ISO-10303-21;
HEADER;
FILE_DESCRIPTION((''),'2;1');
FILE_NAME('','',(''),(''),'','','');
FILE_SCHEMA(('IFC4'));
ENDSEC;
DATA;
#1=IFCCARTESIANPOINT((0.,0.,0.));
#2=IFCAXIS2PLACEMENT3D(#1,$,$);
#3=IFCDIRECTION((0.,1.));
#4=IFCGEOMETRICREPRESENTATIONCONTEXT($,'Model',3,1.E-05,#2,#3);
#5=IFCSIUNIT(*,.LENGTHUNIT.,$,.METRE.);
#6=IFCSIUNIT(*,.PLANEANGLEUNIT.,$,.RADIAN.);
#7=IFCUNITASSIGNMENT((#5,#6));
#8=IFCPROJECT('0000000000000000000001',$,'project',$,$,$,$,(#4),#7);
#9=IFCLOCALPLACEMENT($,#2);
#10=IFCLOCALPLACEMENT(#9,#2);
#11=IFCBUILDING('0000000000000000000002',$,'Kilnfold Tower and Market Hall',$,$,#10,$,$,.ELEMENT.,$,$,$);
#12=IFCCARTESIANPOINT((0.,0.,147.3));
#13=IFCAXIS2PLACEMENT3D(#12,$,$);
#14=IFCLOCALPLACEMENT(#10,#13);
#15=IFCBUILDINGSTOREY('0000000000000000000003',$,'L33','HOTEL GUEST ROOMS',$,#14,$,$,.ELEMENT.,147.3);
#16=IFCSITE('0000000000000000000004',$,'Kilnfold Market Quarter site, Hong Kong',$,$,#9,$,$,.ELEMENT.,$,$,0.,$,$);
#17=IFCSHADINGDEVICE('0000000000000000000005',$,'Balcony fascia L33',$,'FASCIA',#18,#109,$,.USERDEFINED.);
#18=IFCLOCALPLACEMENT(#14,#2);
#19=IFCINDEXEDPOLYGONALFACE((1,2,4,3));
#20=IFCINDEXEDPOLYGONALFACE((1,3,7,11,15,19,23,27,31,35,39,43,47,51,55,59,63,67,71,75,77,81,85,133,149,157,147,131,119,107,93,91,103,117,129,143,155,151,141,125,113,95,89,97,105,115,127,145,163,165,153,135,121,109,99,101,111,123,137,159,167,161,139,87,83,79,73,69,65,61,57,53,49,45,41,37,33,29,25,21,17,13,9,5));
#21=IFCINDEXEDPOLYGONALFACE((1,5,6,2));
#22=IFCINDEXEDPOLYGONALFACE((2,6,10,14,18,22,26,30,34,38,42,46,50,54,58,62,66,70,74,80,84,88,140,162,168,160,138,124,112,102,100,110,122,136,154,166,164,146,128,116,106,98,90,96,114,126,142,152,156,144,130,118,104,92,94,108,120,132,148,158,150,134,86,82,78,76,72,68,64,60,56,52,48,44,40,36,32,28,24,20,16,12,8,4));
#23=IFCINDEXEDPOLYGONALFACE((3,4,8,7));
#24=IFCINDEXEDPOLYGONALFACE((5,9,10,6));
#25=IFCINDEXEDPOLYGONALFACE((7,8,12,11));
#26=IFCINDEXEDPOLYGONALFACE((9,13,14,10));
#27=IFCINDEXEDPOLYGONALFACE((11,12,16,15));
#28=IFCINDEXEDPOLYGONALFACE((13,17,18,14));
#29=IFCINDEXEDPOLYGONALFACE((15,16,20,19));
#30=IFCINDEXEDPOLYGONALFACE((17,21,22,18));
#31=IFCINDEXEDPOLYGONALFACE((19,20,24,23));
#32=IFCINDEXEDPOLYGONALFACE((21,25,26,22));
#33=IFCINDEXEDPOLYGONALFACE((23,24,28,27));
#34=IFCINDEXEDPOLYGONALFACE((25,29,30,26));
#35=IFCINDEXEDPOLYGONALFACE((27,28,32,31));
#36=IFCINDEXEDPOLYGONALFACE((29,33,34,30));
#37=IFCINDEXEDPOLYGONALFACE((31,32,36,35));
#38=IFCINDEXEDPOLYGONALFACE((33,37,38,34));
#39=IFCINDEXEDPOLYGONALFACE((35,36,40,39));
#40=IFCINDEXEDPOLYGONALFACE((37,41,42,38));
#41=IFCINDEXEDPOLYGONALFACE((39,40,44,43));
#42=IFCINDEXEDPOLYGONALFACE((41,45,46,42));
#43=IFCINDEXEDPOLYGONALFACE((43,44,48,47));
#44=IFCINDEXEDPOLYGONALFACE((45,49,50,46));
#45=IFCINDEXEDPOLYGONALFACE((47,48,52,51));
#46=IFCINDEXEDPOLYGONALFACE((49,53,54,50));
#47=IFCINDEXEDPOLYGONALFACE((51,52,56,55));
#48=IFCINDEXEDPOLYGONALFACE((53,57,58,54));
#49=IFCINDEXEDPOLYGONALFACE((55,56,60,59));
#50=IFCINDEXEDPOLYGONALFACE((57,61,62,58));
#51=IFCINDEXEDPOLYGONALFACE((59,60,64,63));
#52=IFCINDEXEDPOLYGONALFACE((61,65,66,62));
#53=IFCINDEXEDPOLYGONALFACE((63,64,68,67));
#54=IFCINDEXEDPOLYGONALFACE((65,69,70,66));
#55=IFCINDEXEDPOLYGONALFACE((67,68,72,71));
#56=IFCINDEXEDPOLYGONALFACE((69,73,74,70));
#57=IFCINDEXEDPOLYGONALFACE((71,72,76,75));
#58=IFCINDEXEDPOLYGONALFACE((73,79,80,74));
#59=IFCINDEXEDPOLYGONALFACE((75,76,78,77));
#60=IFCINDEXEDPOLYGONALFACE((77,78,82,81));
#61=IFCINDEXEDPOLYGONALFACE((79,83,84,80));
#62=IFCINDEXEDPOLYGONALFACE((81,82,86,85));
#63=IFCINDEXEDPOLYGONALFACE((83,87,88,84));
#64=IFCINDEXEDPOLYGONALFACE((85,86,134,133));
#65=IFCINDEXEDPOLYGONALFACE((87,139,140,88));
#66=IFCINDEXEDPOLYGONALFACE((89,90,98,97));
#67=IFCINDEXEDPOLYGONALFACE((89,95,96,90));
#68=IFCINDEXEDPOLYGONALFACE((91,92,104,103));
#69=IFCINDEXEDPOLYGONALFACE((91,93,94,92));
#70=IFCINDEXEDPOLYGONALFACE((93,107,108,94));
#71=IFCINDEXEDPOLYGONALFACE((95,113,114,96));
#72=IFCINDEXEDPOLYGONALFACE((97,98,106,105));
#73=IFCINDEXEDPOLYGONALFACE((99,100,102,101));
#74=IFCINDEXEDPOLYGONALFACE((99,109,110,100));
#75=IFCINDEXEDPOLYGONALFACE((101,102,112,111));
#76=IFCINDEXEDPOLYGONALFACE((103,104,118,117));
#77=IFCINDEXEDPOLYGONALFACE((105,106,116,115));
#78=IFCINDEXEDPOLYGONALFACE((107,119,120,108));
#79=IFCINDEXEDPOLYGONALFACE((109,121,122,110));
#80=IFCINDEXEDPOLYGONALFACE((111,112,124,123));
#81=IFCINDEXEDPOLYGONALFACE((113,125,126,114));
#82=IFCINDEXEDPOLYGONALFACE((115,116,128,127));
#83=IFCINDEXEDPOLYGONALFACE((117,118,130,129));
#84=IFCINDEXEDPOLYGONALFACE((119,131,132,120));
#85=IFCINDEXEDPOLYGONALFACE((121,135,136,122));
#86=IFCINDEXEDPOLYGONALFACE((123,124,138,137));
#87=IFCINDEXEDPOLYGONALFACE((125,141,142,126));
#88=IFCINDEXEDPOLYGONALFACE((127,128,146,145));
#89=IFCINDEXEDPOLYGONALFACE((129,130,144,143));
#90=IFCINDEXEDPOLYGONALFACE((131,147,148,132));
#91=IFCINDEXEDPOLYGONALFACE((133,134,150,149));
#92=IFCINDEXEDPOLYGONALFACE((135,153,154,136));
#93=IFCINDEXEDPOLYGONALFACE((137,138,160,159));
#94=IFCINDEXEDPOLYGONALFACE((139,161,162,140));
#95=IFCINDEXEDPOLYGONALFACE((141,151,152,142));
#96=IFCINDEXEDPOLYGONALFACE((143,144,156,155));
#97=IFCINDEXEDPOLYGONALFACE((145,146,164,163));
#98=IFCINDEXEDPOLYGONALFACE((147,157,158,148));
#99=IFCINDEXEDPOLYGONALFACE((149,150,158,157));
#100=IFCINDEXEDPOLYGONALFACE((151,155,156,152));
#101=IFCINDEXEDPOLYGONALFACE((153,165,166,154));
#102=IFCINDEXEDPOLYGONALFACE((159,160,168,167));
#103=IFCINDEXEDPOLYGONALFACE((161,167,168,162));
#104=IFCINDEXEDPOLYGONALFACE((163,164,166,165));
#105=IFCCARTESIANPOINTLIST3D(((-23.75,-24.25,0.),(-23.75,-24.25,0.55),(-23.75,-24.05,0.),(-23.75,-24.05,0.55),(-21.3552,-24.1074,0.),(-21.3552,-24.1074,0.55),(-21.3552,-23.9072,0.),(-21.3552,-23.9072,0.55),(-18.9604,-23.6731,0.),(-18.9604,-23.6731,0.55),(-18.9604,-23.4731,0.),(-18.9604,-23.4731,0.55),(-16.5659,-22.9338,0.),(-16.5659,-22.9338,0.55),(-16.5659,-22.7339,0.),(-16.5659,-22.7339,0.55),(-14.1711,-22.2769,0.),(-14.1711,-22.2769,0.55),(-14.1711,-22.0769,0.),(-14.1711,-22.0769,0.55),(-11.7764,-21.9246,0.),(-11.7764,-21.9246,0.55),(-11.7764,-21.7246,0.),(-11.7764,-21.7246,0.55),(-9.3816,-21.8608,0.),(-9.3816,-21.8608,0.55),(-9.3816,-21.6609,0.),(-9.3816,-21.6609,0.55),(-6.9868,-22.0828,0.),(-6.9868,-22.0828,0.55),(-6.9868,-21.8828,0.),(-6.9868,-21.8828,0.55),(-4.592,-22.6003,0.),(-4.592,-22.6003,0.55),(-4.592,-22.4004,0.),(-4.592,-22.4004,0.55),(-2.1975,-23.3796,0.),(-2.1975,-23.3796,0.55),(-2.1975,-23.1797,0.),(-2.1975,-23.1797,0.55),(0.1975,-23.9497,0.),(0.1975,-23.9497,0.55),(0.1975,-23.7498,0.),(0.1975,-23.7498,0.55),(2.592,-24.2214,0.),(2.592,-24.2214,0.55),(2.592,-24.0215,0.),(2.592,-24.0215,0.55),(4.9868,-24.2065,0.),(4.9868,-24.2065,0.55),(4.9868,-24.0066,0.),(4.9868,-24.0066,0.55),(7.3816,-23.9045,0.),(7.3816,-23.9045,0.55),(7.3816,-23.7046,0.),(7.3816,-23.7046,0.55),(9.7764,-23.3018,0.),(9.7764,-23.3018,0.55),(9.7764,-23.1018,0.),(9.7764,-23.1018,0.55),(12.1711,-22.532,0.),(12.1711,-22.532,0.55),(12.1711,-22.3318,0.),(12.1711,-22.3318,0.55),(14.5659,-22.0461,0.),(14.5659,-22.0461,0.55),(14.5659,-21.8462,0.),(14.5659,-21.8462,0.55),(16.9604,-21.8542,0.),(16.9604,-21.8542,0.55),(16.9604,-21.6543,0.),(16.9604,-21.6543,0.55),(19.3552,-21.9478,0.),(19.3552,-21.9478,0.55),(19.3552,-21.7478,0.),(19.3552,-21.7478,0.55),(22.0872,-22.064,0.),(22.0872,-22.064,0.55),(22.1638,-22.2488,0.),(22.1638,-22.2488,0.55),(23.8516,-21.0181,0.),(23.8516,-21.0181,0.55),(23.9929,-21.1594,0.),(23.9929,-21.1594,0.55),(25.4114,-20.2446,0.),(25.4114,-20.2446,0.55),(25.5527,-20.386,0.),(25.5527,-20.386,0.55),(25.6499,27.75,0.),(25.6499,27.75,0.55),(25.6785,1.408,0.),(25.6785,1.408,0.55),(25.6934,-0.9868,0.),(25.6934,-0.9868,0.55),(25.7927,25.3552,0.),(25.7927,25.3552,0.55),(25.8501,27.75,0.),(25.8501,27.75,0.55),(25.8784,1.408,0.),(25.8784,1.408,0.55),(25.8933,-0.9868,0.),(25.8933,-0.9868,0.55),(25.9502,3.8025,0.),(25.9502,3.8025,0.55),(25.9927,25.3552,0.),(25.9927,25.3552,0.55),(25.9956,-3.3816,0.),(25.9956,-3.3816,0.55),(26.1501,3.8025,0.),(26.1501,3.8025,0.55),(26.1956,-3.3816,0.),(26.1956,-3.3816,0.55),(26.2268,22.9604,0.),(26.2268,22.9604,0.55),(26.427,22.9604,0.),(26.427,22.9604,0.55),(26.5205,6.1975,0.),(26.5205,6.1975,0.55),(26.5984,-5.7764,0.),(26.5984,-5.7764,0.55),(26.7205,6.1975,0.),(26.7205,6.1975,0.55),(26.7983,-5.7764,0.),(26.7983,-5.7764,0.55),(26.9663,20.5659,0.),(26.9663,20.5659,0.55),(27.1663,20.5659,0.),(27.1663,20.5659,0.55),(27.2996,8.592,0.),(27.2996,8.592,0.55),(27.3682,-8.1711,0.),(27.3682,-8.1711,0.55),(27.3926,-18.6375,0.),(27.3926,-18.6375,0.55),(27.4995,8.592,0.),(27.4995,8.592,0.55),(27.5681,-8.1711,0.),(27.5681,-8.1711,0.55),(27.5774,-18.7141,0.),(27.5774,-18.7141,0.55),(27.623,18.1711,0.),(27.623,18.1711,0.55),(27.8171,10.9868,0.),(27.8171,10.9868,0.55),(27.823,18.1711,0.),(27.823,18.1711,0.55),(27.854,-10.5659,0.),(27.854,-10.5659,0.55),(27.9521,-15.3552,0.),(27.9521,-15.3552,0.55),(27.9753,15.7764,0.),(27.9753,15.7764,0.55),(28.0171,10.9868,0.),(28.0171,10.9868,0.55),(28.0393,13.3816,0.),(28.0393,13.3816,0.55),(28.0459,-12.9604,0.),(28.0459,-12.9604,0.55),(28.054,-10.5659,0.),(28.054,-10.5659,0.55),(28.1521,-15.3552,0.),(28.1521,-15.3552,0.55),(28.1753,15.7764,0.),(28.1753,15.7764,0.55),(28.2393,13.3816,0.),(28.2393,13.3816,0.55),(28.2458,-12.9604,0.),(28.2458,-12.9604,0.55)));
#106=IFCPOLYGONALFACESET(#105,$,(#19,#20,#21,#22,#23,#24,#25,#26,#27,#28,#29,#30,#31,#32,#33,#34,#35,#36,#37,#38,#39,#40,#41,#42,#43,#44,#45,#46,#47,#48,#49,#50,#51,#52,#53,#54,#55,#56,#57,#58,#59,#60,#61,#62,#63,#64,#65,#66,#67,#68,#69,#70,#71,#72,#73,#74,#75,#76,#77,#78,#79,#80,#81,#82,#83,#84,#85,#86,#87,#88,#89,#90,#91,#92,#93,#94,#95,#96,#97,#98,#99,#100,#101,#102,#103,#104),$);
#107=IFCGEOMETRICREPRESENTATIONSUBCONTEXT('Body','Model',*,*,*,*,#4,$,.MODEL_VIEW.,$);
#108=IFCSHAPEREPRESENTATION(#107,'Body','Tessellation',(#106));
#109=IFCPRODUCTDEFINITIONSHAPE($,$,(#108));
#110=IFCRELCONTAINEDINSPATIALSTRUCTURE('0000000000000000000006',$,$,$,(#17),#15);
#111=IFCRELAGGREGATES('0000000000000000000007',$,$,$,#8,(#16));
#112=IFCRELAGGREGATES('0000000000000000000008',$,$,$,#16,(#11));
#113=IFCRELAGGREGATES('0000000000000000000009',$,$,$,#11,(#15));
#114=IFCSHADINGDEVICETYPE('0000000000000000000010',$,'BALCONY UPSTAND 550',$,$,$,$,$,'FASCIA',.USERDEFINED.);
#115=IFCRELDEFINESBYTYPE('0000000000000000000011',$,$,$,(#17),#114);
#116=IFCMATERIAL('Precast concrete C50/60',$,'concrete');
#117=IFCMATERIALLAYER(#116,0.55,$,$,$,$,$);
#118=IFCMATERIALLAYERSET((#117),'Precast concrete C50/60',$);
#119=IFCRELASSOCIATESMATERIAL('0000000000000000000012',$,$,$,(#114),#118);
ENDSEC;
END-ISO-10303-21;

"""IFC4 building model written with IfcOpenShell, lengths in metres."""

from ifc_helpers import new_model, si_unit, direction, frame, origin, place, context, subcontext, project, spatial, polyline, outline, extrude, source, transform, mapped, material, layer, layer_set, type_object, element, save


model = new_model("IFC4")

# Units and contexts
model_context = context("Model", 3, precision=1e-05, world=origin(), true_north=direction((0.0, 1.0)))
body_context = subcontext(model_context, "Body", "Model", "MODEL_VIEW")
ifc_project = project(units=[si_unit("LENGTHUNIT", "METRE"), si_unit("PLANEANGLEUNIT", "RADIAN")], contexts=[model_context])

# Site, building, storey
site_placement = place(None, origin())
site = spatial("IfcSite", under=ifc_project, at=site_placement, Name="Kilnfold Market Quarter site, Hong Kong", CompositionType="ELEMENT", RefElevation=0.0)
building_placement = place(site_placement, origin())
building = spatial("IfcBuilding", under=site, at=building_placement, Name="Kilnfold Tower and Market Hall", CompositionType="ELEMENT")
storey_placement = place(building_placement, frame((0.0, 0.0, 147.3)))
storey = spatial("IfcBuildingStorey", under=building, at=storey_placement, Name="L33", Description="HOTEL GUEST ROOMS", CompositionType="ELEMENT", Elevation=147.3)

# Shading device
ifc_material_1 = material(Name="Precast concrete C50/60", Category="concrete")
ifc_layer_1 = layer(ifc_material_1, 0.55)
ifc_layer_set_1 = layer_set([ifc_layer_1], Name="Precast concrete C50/60")
shading_device_type_1 = type_object("IfcShadingDeviceType", Name="BALCONY UPSTAND 550", ElementType="FASCIA", PredefinedType="USERDEFINED", material=ifc_layer_set_1)
shared_shape_1 = source(origin(), body_context, "Body", "SweptSolid", [
    extrude(outline(polyline([(-23.75, -24.25), (-21.3552, -24.1074), (-18.9604, -23.6731), (-16.5659, -22.9338), (-14.1711, -22.2769), (-11.7764, -21.9246), (-9.3816, -21.8608), (-6.9868, -22.0828), (-4.592, -22.6003), (-2.1975, -23.3796), (0.1975, -23.9497), (2.592, -24.2214), (4.9868, -24.2065), (7.3816, -23.9045), (9.7764, -23.3018), (12.1711, -22.532), (14.5659, -22.0461), (16.9604, -21.8542), (19.3552, -21.9478), (22.1638, -22.2488), (23.9929, -21.1594), (25.5527, -20.386), (27.5774, -18.7141), (28.1521, -15.3552), (28.2458, -12.9604), (28.054, -10.5659), (27.5681, -8.1711), (26.7983, -5.7764), (26.1956, -3.3816), (25.8933, -0.9868), (25.8784, 1.408), (26.1501, 3.8025), (26.7205, 6.1975), (27.4995, 8.592), (28.0171, 10.9868), (28.2393, 13.3816), (28.1753, 15.7764), (27.823, 18.1711), (27.1663, 20.5659), (26.427, 22.9604), (25.9927, 25.3552), (25.8501, 27.75), (25.6499, 27.75), (25.7927, 25.3552), (26.2268, 22.9604), (26.9663, 20.5659), (27.623, 18.1711), (27.9753, 15.7764), (28.0393, 13.3816), (27.8171, 10.9868), (27.2996, 8.592), (26.5205, 6.1975), (25.9502, 3.8025), (25.6785, 1.408), (25.6934, -0.9868), (25.9956, -3.3816), (26.5984, -5.7764), (27.3682, -8.1711), (27.854, -10.5659), (28.0459, -12.9604), (27.9521, -15.3552), (27.3926, -18.6375), (25.4114, -20.2446), (23.8516, -21.0181), (22.0872, -22.064), (19.3552, -21.7478), (16.9604, -21.6543), (14.5659, -21.8462), (12.1711, -22.3318), (9.7764, -23.1018), (7.3816, -23.7046), (4.9868, -24.0066), (2.592, -24.0215), (0.1975, -23.7498), (-2.1975, -23.1797), (-4.592, -22.4004), (-6.9868, -21.8828), (-9.3816, -21.6609), (-11.7764, -21.7246), (-14.1711, -22.0769), (-16.5659, -22.7339), (-18.9604, -23.4731), (-21.3552, -23.9072), (-23.75, -24.05), (-23.75, -24.25)])), origin(), (0.0, 0.0, 1.0), 0.55),
])
shading_device_1_placement = place(storey_placement, origin())
element("IfcShadingDevice", 1, at=shading_device_1_placement, inside=storey, type_object=shading_device_type_1, Name="Balcony fascia L33", ObjectType="FASCIA", PredefinedType="USERDEFINED", context=body_context, shape_type="MappedRepresentation", body=[
    mapped(shared_shape_1, transform((0.0, 0.0, 0.0))),
])

save(model, "model.ifc")
